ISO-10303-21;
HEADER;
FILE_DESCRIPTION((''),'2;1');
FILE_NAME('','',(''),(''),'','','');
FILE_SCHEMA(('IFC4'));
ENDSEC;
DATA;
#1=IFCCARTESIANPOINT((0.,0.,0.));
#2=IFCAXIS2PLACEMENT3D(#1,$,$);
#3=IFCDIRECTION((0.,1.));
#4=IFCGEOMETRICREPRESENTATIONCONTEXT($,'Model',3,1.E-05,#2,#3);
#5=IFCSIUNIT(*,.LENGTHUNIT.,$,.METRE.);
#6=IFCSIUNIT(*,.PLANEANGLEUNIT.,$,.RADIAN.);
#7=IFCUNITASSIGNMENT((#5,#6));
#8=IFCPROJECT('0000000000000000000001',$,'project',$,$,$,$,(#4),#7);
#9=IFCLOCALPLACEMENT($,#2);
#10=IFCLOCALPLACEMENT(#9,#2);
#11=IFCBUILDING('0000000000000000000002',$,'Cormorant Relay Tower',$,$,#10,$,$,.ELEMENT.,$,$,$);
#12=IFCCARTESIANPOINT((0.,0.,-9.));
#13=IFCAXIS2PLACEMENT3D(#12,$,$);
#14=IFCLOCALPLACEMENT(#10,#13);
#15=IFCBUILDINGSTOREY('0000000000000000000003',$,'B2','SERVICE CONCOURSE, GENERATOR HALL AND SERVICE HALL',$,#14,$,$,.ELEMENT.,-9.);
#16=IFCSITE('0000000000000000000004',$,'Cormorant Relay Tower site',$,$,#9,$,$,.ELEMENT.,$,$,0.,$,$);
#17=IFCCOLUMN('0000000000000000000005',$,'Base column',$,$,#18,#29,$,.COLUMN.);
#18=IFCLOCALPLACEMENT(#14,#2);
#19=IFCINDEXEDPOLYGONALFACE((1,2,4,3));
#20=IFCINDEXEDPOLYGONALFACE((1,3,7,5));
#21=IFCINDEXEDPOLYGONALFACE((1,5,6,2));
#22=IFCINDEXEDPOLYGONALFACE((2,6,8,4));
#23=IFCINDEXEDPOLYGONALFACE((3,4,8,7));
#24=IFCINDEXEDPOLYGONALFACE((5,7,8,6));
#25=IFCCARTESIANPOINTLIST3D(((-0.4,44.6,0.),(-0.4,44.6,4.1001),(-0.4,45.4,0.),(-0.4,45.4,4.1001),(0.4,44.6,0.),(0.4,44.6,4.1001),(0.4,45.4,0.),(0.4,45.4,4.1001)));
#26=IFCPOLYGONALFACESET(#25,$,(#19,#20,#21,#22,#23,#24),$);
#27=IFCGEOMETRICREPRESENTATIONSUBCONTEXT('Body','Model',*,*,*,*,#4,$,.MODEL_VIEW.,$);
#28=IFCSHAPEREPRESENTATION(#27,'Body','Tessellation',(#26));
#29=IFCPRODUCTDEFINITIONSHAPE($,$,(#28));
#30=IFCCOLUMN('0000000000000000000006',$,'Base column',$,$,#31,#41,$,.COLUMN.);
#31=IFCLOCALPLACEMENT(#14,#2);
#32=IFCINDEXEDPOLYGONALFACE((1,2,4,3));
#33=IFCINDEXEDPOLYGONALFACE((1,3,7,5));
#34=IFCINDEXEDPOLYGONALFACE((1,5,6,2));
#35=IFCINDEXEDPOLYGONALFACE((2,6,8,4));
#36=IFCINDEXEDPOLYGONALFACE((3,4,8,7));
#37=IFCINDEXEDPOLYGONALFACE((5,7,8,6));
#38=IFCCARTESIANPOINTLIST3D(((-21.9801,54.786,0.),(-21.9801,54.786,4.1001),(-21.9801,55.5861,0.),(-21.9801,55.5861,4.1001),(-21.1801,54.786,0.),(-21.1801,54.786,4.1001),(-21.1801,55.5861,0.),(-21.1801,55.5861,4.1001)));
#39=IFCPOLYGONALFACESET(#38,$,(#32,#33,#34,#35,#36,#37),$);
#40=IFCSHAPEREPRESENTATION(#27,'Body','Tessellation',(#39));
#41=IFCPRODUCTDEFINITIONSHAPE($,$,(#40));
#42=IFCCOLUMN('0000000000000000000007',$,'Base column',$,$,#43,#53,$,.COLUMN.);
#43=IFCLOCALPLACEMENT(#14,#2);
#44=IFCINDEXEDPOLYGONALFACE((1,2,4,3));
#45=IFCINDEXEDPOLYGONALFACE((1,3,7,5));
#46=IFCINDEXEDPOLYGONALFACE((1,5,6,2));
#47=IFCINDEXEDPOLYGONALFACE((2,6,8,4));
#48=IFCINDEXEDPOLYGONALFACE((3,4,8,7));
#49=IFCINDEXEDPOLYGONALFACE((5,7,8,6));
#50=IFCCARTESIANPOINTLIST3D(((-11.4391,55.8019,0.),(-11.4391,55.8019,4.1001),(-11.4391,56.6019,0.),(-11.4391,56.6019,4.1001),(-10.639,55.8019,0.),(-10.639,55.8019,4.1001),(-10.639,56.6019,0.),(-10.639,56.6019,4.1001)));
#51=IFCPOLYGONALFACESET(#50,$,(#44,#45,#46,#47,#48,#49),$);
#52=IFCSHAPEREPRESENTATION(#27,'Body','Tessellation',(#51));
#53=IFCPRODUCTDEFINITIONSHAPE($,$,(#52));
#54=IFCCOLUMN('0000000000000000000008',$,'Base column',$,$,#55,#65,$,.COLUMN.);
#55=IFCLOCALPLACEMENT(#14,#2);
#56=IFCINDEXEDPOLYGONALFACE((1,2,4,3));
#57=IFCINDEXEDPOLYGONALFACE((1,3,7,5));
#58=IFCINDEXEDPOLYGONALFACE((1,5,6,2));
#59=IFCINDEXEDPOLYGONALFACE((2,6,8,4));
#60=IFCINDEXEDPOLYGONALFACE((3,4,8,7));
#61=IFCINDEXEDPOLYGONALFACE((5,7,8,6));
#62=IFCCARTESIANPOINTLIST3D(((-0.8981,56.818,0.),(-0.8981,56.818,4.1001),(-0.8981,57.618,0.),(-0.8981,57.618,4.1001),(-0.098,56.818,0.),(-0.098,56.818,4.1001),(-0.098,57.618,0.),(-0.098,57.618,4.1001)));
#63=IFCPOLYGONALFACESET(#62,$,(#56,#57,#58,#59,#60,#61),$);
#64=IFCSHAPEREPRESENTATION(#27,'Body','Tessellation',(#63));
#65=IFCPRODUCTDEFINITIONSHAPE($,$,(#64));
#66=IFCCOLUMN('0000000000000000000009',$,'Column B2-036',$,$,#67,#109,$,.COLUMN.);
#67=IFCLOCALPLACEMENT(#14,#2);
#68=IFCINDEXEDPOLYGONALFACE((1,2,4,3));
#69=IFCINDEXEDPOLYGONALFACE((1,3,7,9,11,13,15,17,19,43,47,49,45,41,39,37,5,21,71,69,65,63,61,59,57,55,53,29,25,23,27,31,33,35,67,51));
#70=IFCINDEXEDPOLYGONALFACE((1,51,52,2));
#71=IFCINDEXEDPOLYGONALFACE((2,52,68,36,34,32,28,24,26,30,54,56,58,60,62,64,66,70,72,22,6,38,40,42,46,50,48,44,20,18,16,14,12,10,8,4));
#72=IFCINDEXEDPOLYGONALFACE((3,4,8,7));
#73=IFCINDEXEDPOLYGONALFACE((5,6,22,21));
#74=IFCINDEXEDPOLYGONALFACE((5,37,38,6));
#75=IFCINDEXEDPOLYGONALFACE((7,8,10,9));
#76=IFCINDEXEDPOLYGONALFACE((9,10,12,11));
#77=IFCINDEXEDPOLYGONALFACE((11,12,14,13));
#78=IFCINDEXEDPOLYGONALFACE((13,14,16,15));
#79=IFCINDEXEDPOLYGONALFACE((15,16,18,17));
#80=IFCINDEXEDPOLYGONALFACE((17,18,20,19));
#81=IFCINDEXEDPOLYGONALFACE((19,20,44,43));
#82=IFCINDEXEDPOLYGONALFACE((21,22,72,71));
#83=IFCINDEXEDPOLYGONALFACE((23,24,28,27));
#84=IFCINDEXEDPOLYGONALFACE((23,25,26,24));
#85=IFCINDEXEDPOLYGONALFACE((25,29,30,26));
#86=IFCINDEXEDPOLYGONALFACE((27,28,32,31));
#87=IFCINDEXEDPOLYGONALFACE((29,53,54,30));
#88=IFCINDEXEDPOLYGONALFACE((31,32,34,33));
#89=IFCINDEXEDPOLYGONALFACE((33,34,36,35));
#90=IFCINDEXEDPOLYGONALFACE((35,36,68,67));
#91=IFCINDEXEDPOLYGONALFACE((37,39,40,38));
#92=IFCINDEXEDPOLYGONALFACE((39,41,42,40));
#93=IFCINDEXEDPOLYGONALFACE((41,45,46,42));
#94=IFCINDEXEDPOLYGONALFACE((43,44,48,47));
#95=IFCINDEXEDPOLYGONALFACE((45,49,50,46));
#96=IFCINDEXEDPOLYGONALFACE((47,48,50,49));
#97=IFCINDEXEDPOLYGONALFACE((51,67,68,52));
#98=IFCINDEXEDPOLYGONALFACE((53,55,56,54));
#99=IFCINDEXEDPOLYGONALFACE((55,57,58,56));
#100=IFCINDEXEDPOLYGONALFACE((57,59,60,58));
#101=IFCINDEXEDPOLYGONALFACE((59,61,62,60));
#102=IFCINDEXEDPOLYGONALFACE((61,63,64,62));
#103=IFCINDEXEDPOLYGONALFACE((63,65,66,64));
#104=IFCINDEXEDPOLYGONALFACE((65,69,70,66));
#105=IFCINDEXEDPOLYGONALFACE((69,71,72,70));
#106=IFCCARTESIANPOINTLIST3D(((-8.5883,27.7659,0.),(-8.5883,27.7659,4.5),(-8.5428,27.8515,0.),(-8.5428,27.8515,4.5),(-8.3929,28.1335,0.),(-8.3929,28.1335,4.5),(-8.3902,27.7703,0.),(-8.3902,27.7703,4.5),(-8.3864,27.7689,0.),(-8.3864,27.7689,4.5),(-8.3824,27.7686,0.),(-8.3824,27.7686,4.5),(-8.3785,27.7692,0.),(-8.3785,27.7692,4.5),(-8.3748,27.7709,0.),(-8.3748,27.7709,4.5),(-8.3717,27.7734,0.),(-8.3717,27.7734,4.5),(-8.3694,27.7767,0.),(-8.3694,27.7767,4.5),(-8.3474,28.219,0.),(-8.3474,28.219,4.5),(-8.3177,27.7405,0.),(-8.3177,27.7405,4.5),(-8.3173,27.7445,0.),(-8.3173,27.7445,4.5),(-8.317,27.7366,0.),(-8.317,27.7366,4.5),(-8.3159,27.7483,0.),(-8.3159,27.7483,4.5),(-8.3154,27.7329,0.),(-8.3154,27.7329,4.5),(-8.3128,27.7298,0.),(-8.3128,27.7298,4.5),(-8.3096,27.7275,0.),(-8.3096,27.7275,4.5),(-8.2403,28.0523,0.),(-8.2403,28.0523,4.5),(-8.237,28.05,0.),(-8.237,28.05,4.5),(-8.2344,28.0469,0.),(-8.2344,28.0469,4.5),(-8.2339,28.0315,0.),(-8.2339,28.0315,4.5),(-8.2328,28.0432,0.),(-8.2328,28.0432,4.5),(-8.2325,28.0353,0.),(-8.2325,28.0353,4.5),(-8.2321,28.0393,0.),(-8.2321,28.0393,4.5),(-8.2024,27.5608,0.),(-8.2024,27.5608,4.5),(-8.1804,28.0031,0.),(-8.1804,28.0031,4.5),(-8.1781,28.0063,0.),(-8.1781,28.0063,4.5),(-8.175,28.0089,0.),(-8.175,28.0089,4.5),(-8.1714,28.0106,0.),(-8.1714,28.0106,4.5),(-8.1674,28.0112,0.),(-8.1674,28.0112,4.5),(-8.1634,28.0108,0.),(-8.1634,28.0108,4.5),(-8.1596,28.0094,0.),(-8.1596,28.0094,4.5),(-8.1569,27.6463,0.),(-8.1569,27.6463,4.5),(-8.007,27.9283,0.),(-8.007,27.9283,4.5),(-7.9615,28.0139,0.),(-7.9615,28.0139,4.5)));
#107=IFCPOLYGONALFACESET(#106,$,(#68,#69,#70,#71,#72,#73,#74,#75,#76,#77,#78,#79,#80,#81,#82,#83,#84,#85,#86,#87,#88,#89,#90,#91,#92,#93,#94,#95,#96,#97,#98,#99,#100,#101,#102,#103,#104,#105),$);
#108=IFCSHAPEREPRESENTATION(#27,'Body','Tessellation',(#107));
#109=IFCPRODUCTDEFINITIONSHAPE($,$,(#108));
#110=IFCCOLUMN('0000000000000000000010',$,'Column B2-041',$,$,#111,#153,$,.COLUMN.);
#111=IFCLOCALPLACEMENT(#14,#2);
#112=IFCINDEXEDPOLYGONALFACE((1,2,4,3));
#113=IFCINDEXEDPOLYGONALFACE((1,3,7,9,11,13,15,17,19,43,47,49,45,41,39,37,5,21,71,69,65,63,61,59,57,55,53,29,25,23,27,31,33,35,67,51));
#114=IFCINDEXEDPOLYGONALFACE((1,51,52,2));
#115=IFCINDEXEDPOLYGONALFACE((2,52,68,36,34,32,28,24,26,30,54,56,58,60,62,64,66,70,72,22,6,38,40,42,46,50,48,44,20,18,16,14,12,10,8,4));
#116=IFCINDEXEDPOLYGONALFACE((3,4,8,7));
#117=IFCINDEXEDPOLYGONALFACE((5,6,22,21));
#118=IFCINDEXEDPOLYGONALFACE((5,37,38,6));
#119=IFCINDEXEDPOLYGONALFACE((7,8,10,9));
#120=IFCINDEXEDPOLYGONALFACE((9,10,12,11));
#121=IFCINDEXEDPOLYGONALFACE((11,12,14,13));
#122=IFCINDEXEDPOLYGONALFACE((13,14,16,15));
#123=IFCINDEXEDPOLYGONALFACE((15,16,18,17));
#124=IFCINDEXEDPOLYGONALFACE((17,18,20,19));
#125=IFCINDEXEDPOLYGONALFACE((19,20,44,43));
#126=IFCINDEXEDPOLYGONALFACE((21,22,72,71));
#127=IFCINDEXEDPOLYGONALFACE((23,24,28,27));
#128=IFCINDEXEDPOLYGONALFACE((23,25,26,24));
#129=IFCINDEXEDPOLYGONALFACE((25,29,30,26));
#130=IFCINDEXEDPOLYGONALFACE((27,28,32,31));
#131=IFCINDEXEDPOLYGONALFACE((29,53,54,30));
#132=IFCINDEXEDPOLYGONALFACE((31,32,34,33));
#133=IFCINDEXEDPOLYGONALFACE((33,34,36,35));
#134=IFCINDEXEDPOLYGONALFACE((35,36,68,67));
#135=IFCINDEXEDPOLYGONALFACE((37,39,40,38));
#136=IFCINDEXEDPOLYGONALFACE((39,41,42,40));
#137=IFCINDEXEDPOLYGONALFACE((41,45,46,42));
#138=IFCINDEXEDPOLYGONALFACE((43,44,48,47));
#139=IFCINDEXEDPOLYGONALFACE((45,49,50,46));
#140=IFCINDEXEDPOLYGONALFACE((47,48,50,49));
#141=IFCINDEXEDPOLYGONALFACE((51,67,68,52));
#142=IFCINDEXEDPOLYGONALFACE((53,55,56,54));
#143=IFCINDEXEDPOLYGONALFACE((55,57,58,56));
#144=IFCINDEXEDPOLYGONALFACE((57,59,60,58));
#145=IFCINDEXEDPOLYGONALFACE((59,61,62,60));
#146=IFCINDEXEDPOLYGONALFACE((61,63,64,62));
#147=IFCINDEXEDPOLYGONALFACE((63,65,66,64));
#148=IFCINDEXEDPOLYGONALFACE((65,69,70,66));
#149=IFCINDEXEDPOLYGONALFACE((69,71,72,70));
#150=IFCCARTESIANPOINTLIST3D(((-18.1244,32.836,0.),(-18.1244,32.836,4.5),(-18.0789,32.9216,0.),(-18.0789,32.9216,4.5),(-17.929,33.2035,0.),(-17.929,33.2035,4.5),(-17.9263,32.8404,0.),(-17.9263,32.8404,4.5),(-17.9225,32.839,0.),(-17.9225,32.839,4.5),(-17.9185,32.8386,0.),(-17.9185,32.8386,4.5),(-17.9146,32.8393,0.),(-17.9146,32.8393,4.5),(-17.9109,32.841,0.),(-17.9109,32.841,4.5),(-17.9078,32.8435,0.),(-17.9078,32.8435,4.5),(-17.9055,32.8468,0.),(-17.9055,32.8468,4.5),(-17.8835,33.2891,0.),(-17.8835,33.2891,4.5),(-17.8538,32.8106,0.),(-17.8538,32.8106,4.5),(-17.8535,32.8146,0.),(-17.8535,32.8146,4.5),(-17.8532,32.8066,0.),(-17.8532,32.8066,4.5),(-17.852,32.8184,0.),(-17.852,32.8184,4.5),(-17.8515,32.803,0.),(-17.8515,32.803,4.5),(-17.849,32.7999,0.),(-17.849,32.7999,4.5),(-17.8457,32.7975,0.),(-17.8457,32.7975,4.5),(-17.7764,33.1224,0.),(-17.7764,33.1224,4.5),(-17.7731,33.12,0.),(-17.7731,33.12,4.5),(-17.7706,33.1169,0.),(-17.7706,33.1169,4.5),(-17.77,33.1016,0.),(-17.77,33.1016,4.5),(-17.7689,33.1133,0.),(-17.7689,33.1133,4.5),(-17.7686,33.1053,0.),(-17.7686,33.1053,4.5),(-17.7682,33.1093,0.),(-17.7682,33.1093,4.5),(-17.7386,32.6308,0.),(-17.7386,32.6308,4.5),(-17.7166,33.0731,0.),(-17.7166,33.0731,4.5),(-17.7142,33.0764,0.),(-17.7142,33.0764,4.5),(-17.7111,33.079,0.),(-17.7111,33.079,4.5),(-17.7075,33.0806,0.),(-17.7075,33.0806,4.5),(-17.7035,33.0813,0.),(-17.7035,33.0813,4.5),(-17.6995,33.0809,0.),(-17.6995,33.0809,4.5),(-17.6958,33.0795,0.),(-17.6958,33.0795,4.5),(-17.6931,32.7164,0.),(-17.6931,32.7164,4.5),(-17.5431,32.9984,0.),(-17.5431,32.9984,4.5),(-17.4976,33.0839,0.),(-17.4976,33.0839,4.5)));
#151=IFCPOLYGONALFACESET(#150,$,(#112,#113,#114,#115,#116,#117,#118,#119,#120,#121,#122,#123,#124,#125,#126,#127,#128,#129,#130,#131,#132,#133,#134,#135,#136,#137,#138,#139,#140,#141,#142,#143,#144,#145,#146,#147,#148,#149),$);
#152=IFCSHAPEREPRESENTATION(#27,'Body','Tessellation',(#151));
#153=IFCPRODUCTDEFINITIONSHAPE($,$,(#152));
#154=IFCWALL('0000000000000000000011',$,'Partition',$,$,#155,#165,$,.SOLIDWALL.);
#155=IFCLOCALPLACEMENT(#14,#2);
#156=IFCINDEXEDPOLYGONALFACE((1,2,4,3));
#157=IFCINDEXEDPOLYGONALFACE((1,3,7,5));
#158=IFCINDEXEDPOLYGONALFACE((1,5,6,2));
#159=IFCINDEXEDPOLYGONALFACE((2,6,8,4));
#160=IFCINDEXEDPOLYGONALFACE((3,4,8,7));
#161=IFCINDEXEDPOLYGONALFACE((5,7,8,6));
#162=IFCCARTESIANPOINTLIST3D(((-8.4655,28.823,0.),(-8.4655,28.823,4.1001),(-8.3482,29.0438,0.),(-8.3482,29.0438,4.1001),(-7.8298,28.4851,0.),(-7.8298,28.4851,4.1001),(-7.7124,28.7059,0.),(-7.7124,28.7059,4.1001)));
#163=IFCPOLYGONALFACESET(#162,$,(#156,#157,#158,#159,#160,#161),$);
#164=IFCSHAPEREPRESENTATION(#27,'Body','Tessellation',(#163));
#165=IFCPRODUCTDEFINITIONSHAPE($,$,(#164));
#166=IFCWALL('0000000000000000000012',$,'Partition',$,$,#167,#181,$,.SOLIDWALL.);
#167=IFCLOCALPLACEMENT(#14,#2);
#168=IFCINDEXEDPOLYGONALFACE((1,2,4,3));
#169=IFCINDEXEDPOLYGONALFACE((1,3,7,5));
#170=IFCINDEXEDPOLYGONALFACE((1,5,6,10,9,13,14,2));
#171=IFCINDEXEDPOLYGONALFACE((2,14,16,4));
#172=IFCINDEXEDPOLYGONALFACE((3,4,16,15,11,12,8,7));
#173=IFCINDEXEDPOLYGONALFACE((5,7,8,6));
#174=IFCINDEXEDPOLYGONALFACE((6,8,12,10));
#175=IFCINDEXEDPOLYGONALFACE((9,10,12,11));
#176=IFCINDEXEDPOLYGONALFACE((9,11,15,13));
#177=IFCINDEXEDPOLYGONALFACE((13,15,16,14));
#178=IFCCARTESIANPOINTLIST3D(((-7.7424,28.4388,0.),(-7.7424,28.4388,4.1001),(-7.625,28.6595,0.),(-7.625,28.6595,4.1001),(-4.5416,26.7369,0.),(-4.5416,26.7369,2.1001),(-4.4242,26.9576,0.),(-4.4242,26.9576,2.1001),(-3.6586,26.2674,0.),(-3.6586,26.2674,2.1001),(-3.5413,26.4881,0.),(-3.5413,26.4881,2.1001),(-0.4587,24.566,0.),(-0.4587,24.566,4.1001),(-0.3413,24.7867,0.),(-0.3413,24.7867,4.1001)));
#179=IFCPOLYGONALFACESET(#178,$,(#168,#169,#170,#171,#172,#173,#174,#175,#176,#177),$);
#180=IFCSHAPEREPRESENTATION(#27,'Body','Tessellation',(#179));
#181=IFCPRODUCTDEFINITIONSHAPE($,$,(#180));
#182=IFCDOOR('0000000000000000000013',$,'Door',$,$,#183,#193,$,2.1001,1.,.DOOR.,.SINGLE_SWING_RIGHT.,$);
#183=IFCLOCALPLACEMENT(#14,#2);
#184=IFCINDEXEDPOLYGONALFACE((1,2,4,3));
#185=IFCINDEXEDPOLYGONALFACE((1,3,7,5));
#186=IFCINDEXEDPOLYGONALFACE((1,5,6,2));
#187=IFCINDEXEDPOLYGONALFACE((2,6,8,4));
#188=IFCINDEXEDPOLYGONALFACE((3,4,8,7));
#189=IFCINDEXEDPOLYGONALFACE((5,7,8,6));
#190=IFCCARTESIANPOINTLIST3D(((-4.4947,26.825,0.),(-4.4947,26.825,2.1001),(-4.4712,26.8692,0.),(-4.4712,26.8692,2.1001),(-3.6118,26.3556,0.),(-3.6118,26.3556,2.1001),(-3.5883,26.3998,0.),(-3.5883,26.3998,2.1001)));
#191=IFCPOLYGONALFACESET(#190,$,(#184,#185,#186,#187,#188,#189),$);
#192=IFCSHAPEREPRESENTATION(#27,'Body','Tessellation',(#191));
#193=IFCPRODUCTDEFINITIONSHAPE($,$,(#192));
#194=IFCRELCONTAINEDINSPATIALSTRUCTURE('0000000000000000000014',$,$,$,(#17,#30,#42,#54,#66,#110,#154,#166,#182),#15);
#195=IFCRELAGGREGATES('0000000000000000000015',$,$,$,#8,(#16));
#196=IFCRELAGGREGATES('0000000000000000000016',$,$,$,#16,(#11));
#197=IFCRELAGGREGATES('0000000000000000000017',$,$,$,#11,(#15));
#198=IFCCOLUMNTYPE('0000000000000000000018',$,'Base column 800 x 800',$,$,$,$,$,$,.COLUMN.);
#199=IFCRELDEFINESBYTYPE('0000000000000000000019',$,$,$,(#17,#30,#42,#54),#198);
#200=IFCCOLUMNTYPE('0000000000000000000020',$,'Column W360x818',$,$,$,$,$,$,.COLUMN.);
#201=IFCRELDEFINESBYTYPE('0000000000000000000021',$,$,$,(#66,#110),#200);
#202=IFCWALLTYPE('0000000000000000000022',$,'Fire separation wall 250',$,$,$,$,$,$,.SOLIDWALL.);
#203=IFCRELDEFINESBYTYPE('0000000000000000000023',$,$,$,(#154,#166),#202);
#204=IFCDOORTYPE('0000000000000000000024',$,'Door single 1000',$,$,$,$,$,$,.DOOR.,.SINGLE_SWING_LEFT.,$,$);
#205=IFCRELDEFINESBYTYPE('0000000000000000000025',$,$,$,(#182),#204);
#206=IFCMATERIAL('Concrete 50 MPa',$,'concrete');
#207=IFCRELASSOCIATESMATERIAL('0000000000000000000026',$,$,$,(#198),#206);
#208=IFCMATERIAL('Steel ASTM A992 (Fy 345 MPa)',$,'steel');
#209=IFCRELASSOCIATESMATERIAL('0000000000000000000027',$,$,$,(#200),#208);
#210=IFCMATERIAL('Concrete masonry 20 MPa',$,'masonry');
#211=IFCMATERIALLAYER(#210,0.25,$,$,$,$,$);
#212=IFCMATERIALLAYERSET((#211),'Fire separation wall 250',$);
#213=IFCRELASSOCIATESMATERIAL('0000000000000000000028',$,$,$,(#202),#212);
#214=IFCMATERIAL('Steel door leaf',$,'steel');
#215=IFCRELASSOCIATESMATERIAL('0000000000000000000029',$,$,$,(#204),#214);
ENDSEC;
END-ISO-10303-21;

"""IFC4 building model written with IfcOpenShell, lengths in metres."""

from ifc_helpers import new_model, si_unit, direction, frame, frame_2d, origin, origin_2d, place, context, subcontext, project, spatial, rectangle, i_section, extrude, material, layer, layer_set, material_profile, profile_set, type_object, element, fill, save


model = new_model("IFC4")

# Units and contexts
model_context = context("Model", 3, precision=1e-05, world=origin(), true_north=direction((0.0, 1.0)))
body_context = subcontext(model_context, "Body", "Model", "MODEL_VIEW")
ifc_project = project(units=[si_unit("LENGTHUNIT", "METRE"), si_unit("PLANEANGLEUNIT", "RADIAN")], contexts=[model_context])

# Site, building, storey
site_placement = place(None, origin())
site = spatial("IfcSite", under=ifc_project, at=site_placement, Name="Cormorant Relay Tower site", CompositionType="ELEMENT", RefElevation=0.0)
building_placement = place(site_placement, origin())
building = spatial("IfcBuilding", under=site, at=building_placement, Name="Cormorant Relay Tower", CompositionType="ELEMENT")
storey_placement = place(building_placement, frame((0.0, 0.0, -9.0)))
storey = spatial("IfcBuildingStorey", under=building, at=storey_placement, Name="B2", Description="SERVICE CONCOURSE, GENERATOR HALL AND SERVICE HALL", CompositionType="ELEMENT", Elevation=-9.0)

# Columns
ifc_material_1 = material(Name="Concrete 50 MPa", Category="concrete")
ifc_material_profile_1 = material_profile(ifc_material_1, rectangle(XDim=0.8, YDim=0.8, at=origin_2d()), Name="RC 800x800")
ifc_profile_set_1 = profile_set([ifc_material_profile_1], Name="Concrete 50 MPa")
column_type_1 = type_object("IfcColumnType", Name="Base column 800 x 800", PredefinedType="COLUMN", material=ifc_profile_set_1)
for number, where, z_axis, x_axis, name in (
    (1, (0.0, 45.0, 0.0), (0.0, 0.0, 1.0), (1.0, 0.0, 0.0), "Base column"),
    (2, (-21.5801, 55.186, 0.0), (0.0, 0.0, 1.0), (1.0, 0.0, 0.0), "Base column"),
    (3, (-11.0391, 56.2019, 0.0), (0.0, 0.0, 1.0), (1.0, 0.0, 0.0), "Base column"),
    (4, (-0.498, 57.218, 0.0), (0.0, 0.0, 1.0), (1.0, 0.0, 0.0), "Base column"),
):
    element("IfcColumn", number, at=place(storey_placement, frame(where, z_axis=z_axis, x_axis=x_axis)), inside=storey, type_object=column_type_1, Name=name, PredefinedType="COLUMN", context=body_context, shape_type="SweptSolid", body=[
        extrude(rectangle(XDim=0.8, YDim=0.8, at=origin_2d()), origin(), (0.0, 0.0, 1.0), 4.1001),
    ])
ifc_material_2 = material(Name="Steel ASTM A992 (Fy 345 MPa)", Category="steel")
ifc_material_profile_2 = material_profile(ifc_material_2, i_section(OverallWidth=0.437, OverallDepth=0.5132, WebThickness=0.0605, FlangeThickness=0.0969, FilletRadius=0.0154, at=origin_2d()), Name="W360x818")
ifc_profile_set_2 = profile_set([ifc_material_profile_2], Name="Steel ASTM A992 (Fy 345 MPa)")
column_type_2 = type_object("IfcColumnType", Name="Column W360x818", PredefinedType="COLUMN", material=ifc_profile_set_2)
for number, where, z_axis, x_axis, name in (
    (5, (-8.2749, 27.8899, 0.0), (0.0, 0.0, 1.0), (-0.882948, 0.469472, 0.0), "Column B2-036"),
    (6, (-17.811, 32.96, 0.0), (0.0, 0.0, 1.0), (-0.882948, 0.469472, 0.0), "Column B2-041"),
):
    element("IfcColumn", number, at=place(storey_placement, frame(where, z_axis=z_axis, x_axis=x_axis)), inside=storey, type_object=column_type_2, Name=name, PredefinedType="COLUMN", context=body_context, shape_type="SweptSolid", body=[
        extrude(i_section(OverallWidth=0.437, OverallDepth=0.5132, WebThickness=0.0605, FlangeThickness=0.0969, FilletRadius=0.0154, at=origin_2d()), origin(), (0.0, 0.0, 1.0), 4.5),
    ])

# Wall
ifc_material_3 = material(Name="Concrete masonry 20 MPa", Category="masonry")
ifc_layer_1 = layer(ifc_material_3, 0.25)
ifc_layer_set_1 = layer_set([ifc_layer_1], Name="Fire separation wall 250")
wall_type_1 = type_object("IfcWallType", Name="Fire separation wall 250", PredefinedType="SOLIDWALL", material=ifc_layer_set_1)
wall_1_placement = place(storey_placement, frame((-8.4067, 28.9333, 0.0), z_axis=(0.0, 0.0, 1.0), x_axis=(0.883028, -0.469321, 0.0)))
element("IfcWall", 7, at=wall_1_placement, inside=storey, type_object=wall_type_1, Name="Partition", PredefinedType="SOLIDWALL", context=body_context, shape_type="SweptSolid", body=[
    extrude(rectangle(XDim=0.72, YDim=0.25, at=frame_2d((0.3599, 0.0))), origin(), (0.0, 0.0, 1.0), 4.1001),
])

# Wall, opening, door
wall_2_placement = place(storey_placement, frame((-7.6836, 28.5491, 0.0), z_axis=(0.0, 0.0, 1.0), x_axis=(0.882948, -0.469471, 0.0)))
wall_2 = element("IfcWall", 8, at=wall_2_placement, inside=storey, type_object=wall_type_1, Name="Partition", PredefinedType="SOLIDWALL", context=body_context, shape_type="SweptSolid", body=[
    extrude(rectangle(XDim=8.2493, YDim=0.25, at=frame_2d((4.1245, 0.0))), origin(), (0.0, 0.0, 1.0), 4.1001),
])
opening_1_placement = place(wall_2_placement, frame((3.625, 0.0, 0.0)))
opening_1 = element("IfcOpeningElement", 9, at=opening_1_placement, cuts=wall_2, PredefinedType="OPENING", context=body_context, shape_type="SweptSolid", body=[
    extrude(rectangle(XDim=1.0, YDim=2.1001, at=frame_2d((0.5, 1.05))), frame((0.0, 0.135, 0.0), z_axis=(0.0, -1.0, 0.0), x_axis=(1.0, 0.0, 0.0)), (0.0, 0.0, 1.0), 0.27),
])
ifc_material_4 = material(Name="Steel door leaf", Category="steel")
door_type = type_object("IfcDoorType", Name="Door single 1000", OperationType="SINGLE_SWING_LEFT", PredefinedType="DOOR", material=ifc_material_4)
door_1_placement = place(opening_1_placement, origin())
door_1 = element("IfcDoor", 10, at=door_1_placement, inside=storey, type_object=door_type, Name="Door", OperationType="SINGLE_SWING_RIGHT", OverallHeight=2.1001, OverallWidth=1.0, PredefinedType="DOOR", context=body_context, shape_type="SweptSolid", body=[
    extrude(rectangle(XDim=1.0, YDim=2.1001, at=frame_2d((0.5, 1.05))), frame((0.0, 0.0249, 0.0), z_axis=(0.0, -1.0, 0.0), x_axis=(1.0, 0.0, 0.0)), (0.0, 0.0, 1.0), 0.05),
])
fill(opening_1, door_1)

save(model, "model.ifc")
